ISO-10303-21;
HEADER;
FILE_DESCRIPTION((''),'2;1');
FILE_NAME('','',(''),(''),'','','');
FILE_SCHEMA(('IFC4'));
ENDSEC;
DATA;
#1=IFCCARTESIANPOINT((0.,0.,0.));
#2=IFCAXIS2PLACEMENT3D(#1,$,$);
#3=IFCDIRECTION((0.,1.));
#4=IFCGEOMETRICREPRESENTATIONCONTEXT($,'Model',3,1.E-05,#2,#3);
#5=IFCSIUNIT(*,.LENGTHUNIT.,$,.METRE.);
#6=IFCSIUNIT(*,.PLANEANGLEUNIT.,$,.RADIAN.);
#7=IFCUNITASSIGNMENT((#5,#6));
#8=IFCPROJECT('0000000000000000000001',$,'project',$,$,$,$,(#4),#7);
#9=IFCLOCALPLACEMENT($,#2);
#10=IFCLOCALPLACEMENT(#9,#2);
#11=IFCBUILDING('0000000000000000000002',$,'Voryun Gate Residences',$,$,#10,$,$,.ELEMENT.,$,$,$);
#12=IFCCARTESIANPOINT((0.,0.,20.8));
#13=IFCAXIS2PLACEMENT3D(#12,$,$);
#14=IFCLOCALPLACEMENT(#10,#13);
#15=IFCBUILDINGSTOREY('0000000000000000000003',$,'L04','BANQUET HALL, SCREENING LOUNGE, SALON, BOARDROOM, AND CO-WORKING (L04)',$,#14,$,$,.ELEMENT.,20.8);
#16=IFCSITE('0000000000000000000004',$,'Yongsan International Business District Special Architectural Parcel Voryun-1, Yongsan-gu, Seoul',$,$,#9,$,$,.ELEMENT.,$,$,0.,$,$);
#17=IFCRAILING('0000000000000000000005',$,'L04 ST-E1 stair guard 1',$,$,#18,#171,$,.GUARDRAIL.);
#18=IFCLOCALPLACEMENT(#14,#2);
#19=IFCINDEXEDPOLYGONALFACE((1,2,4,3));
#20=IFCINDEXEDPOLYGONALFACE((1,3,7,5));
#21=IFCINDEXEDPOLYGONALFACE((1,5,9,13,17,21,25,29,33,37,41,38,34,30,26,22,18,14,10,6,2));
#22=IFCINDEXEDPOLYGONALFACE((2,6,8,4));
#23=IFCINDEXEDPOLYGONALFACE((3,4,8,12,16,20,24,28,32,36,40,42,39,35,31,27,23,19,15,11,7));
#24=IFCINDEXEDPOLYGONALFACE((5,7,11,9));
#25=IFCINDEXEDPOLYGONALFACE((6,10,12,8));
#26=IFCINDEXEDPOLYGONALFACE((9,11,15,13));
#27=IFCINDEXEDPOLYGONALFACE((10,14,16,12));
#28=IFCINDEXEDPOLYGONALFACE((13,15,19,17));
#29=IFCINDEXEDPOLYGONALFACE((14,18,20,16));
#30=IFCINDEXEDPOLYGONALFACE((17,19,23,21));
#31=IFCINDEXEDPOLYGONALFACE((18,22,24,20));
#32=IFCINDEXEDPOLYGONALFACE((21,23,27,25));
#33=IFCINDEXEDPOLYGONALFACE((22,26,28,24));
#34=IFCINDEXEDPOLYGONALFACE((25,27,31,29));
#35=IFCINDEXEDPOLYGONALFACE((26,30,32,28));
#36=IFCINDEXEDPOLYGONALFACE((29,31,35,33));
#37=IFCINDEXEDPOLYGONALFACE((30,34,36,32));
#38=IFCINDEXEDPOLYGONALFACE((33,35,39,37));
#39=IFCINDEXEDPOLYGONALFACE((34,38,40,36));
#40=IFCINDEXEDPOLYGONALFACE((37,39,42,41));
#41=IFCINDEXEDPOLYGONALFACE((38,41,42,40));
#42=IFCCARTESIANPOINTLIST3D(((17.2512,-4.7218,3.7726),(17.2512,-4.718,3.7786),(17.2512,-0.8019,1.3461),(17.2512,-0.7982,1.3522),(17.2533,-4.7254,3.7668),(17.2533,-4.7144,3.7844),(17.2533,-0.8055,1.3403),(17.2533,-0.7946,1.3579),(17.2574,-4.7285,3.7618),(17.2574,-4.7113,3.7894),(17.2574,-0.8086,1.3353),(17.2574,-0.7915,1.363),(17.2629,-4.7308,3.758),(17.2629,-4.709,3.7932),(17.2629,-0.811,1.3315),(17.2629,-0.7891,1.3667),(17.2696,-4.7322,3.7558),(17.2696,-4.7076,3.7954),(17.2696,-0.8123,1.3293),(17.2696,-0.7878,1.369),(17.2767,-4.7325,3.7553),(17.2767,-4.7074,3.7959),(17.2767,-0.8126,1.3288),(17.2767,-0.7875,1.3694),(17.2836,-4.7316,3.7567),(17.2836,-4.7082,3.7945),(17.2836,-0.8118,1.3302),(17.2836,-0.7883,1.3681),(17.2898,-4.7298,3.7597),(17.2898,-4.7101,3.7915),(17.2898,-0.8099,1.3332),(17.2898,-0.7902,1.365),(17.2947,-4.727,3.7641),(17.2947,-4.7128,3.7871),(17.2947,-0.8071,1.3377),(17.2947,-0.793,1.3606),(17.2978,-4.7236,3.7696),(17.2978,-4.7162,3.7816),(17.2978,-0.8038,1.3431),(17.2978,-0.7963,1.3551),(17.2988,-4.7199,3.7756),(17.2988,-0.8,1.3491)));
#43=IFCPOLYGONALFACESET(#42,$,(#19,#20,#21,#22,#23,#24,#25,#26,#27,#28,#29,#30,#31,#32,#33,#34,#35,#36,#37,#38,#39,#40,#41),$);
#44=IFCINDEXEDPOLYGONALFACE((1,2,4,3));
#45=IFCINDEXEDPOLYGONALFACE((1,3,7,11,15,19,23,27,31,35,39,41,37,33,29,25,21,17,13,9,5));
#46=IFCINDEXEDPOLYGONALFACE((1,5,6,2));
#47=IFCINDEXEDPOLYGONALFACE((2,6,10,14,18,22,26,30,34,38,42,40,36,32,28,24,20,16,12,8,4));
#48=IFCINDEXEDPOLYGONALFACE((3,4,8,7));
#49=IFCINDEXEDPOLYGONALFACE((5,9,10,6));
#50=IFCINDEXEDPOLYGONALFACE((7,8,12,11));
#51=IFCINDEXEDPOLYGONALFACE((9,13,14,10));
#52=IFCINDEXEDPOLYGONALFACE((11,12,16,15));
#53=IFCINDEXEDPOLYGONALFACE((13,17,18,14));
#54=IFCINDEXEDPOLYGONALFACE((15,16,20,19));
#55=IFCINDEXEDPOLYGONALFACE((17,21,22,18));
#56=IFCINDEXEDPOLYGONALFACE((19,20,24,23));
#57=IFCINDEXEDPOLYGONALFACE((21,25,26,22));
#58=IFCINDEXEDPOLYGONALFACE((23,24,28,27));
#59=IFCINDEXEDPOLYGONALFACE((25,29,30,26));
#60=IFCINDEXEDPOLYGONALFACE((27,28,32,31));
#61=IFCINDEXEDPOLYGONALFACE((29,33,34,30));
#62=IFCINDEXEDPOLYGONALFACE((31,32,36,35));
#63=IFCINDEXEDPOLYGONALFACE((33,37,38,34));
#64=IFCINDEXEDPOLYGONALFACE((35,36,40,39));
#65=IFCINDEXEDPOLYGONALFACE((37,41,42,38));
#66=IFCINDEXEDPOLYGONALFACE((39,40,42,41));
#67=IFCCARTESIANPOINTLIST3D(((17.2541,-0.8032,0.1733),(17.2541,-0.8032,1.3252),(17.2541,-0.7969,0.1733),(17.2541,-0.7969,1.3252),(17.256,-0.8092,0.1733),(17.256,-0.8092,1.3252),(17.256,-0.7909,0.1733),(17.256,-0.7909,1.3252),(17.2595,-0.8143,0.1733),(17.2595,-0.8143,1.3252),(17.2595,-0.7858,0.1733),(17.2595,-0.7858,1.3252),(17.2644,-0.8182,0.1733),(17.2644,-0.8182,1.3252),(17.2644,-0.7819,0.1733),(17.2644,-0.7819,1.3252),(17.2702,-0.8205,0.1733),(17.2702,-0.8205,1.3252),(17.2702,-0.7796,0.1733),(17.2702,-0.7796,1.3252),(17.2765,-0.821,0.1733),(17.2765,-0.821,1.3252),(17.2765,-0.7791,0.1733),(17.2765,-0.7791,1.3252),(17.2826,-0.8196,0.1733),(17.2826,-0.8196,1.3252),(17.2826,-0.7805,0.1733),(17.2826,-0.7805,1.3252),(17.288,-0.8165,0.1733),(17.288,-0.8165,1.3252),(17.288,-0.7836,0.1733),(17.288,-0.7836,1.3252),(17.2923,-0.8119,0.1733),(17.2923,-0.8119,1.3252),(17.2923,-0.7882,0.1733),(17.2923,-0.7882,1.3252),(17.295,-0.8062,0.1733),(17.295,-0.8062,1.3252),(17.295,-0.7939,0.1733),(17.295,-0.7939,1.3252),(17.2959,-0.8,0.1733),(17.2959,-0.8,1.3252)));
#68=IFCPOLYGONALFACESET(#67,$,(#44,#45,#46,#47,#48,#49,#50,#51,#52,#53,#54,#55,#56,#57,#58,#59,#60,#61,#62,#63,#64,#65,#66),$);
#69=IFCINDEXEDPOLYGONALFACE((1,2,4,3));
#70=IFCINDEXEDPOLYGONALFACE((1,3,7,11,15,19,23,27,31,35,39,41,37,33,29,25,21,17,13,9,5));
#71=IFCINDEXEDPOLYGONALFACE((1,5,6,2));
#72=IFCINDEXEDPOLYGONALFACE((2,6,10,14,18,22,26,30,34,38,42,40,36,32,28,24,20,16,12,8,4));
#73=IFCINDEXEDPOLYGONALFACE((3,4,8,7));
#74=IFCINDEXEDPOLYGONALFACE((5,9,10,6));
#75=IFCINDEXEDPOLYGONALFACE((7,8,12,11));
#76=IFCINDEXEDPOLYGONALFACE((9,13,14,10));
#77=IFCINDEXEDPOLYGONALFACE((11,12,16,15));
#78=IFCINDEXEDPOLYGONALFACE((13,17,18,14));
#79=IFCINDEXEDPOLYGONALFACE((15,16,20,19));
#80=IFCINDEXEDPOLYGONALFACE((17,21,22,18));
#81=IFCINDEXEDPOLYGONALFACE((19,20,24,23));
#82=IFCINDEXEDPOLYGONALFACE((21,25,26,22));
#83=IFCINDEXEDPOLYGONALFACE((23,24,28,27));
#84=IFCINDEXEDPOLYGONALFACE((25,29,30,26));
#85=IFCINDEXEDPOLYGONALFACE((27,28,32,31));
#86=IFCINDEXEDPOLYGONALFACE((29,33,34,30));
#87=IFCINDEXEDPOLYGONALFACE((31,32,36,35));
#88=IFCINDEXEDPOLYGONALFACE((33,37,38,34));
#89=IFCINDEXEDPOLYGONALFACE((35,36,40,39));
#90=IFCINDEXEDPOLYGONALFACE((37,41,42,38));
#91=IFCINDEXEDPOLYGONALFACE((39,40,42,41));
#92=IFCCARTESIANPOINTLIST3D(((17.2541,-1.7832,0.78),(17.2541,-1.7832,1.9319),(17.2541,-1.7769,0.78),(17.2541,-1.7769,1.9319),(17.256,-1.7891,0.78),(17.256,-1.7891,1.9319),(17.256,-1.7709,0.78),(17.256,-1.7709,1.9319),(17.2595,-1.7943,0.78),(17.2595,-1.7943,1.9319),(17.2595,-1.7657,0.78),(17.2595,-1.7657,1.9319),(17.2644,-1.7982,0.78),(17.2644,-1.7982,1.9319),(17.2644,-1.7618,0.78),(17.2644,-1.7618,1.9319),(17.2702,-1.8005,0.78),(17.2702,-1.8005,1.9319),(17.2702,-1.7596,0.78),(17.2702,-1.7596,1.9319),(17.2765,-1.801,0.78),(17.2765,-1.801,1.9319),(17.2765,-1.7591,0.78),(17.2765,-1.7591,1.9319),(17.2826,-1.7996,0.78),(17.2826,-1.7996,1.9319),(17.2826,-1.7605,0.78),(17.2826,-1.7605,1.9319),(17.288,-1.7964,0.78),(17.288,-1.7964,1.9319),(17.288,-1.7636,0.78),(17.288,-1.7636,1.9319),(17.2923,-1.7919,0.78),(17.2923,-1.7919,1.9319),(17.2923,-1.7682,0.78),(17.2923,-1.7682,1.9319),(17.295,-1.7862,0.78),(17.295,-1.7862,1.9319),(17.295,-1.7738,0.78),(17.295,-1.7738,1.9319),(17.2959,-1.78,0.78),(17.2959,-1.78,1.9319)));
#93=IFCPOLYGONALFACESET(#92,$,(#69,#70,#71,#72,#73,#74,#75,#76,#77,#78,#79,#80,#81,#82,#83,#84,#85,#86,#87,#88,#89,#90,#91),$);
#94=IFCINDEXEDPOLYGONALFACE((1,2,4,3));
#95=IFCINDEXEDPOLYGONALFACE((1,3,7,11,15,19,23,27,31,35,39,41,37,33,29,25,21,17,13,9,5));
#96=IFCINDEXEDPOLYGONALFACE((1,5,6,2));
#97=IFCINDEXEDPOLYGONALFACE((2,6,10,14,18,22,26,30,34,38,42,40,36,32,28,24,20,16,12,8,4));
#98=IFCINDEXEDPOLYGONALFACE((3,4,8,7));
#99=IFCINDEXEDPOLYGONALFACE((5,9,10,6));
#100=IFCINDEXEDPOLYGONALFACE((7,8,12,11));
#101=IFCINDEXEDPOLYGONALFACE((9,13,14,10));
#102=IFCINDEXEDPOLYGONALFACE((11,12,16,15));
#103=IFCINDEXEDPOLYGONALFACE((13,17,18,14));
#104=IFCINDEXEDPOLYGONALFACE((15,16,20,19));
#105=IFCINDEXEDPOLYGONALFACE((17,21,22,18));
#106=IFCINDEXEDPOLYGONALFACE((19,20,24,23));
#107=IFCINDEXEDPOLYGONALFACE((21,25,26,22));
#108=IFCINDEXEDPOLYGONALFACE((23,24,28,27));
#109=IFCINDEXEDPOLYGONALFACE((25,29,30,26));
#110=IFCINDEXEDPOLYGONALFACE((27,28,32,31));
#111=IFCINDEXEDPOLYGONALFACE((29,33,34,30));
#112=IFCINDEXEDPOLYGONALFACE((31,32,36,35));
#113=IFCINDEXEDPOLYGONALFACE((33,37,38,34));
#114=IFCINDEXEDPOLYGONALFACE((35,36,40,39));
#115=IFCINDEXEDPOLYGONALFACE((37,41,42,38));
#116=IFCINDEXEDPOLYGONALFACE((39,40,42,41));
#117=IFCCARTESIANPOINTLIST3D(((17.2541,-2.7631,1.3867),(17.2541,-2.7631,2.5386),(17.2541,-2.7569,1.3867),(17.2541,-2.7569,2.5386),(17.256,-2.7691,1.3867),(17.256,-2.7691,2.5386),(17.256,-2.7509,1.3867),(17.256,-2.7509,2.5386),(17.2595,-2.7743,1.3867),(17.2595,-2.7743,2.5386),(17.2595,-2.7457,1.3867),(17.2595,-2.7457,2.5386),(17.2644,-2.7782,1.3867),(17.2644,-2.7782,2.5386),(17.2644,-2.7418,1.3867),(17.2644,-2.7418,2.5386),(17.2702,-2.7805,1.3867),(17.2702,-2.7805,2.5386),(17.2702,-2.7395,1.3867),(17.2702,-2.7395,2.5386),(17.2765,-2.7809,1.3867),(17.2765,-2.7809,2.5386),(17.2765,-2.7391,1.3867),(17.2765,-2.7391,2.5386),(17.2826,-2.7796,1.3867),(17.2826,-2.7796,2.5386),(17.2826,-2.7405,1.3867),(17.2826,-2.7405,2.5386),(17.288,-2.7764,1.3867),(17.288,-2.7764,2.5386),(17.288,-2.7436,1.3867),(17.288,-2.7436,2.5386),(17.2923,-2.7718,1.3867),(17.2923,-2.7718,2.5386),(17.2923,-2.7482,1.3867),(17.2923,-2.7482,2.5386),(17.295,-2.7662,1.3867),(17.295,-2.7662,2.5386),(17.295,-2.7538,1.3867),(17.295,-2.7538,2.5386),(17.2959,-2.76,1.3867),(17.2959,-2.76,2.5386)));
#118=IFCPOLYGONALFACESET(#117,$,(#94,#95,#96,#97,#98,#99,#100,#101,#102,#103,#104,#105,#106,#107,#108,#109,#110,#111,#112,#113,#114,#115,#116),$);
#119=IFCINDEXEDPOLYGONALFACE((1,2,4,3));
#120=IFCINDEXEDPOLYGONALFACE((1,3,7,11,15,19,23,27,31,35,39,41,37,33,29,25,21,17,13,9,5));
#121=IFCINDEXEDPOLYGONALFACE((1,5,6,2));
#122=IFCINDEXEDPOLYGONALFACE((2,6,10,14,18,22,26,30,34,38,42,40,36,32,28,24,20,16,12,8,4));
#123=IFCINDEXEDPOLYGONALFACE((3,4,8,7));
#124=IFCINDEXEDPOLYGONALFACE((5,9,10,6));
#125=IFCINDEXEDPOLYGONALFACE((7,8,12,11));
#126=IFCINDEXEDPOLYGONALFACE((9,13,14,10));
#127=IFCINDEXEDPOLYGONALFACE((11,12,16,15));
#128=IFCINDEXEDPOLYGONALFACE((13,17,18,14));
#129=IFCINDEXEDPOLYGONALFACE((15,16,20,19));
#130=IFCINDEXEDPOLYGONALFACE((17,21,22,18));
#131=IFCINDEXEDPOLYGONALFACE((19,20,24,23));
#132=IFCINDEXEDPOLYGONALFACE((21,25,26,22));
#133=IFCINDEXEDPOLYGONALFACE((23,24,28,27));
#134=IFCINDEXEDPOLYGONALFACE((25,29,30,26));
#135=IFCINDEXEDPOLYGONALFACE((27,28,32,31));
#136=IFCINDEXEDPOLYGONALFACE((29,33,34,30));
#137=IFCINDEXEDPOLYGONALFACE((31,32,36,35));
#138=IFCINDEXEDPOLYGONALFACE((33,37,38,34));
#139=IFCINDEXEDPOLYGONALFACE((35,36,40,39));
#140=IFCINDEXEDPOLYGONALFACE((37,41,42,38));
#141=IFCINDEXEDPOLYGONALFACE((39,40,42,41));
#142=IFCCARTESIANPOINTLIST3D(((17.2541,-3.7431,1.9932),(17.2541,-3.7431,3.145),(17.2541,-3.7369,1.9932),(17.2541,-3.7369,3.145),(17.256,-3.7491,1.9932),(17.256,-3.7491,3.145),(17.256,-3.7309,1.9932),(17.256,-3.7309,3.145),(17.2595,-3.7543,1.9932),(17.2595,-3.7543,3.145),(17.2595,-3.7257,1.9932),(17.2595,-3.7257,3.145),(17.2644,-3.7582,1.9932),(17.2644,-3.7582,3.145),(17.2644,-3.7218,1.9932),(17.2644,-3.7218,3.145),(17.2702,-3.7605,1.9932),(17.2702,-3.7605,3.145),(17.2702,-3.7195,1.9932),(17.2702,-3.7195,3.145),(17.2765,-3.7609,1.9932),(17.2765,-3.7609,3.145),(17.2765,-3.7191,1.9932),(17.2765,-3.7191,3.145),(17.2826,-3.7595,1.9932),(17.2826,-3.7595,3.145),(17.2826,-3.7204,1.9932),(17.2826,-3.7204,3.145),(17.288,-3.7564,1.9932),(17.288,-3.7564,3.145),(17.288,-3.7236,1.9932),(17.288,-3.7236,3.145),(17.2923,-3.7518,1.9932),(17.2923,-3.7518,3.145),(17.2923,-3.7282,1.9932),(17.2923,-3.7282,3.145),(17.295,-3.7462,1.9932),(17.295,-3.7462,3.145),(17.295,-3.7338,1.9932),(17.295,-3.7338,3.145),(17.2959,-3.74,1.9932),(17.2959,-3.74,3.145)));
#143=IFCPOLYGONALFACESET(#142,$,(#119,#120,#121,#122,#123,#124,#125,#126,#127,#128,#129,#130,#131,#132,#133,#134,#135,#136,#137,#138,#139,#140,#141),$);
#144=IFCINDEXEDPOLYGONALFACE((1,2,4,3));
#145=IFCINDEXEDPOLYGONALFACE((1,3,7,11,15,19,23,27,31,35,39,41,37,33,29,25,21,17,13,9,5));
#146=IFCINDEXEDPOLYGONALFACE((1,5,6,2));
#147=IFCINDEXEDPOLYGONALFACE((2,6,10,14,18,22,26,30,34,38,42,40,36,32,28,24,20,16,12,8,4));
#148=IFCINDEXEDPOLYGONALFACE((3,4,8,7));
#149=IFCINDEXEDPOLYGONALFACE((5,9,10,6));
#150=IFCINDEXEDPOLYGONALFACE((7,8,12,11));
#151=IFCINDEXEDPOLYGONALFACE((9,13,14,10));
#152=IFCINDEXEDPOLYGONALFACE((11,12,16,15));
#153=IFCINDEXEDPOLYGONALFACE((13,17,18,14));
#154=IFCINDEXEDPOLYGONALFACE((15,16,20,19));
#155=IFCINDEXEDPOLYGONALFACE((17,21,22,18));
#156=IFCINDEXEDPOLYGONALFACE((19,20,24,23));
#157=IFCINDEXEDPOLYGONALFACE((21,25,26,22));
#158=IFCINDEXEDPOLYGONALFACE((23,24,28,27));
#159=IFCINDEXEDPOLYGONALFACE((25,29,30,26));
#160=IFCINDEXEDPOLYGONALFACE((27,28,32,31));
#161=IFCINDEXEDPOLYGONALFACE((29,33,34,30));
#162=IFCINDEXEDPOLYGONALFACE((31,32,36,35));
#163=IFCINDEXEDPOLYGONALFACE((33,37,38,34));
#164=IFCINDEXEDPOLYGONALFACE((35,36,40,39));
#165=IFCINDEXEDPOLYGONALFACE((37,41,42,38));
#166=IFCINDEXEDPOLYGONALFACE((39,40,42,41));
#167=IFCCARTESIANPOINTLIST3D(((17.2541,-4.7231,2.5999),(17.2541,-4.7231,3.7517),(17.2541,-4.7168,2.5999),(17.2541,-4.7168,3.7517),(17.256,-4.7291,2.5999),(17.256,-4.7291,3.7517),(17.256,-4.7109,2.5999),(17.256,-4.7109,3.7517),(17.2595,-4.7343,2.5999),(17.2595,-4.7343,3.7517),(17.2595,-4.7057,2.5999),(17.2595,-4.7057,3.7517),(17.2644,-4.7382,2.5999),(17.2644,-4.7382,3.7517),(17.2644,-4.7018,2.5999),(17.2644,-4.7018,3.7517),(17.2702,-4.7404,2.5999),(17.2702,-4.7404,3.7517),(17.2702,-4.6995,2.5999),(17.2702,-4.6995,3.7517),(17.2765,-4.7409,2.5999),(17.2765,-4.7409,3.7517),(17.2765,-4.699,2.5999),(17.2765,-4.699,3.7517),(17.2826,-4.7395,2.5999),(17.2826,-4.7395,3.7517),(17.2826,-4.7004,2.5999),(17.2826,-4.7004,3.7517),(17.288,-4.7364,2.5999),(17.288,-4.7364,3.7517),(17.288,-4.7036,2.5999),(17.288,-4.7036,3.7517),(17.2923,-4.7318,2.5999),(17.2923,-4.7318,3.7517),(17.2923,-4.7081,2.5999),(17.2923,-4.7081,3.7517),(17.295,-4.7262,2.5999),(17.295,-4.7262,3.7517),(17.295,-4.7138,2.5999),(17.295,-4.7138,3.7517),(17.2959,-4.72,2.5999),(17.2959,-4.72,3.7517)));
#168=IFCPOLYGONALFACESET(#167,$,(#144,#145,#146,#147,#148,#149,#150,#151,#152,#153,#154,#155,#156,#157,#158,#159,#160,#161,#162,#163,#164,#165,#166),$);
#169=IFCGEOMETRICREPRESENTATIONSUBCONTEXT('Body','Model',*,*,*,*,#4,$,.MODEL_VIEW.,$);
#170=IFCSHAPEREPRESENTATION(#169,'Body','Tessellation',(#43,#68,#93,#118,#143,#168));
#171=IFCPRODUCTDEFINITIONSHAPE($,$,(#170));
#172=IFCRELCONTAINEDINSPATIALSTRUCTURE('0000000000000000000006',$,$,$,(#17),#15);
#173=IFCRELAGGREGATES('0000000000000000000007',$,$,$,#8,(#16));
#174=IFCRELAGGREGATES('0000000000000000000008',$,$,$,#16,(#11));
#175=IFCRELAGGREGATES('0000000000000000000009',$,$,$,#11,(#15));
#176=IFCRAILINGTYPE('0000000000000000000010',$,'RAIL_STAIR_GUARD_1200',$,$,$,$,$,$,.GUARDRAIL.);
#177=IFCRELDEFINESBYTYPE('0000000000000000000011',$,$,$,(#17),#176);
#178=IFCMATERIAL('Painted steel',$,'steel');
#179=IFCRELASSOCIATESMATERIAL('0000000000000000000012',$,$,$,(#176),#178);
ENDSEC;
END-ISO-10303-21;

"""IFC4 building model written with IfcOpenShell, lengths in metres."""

from ifc_helpers import new_model, si_unit, direction, frame, origin, origin_2d, place, context, subcontext, project, spatial, circle, extrude, material, type_object, element, save


model = new_model("IFC4")

# Units and contexts
model_context = context("Model", 3, precision=1e-05, world=origin(), true_north=direction((0.0, 1.0)))
body_context = subcontext(model_context, "Body", "Model", "MODEL_VIEW")
ifc_project = project(units=[si_unit("LENGTHUNIT", "METRE"), si_unit("PLANEANGLEUNIT", "RADIAN")], contexts=[model_context])

# Site, building, storey
site_placement = place(None, origin())
site = spatial("IfcSite", under=ifc_project, at=site_placement, Name="Yongsan International Business District Special Architectural Parcel Voryun-1, Yongsan-gu, Seoul", CompositionType="ELEMENT", RefElevation=0.0)
building_placement = place(site_placement, origin())
building = spatial("IfcBuilding", under=site, at=building_placement, Name="Voryun Gate Residences", CompositionType="ELEMENT")
storey_placement = place(building_placement, frame((0.0, 0.0, 20.8)))
storey = spatial("IfcBuildingStorey", under=building, at=storey_placement, Name="L04", Description="BANQUET HALL, SCREENING LOUNGE, SALON, BOARDROOM, AND CO-WORKING (L04)", CompositionType="ELEMENT", Elevation=20.8)

# Railing
ifc_material_1 = material(Name="Painted steel", Category="steel")
railing_type_1 = type_object("IfcRailingType", Name="RAIL_STAIR_GUARD_1200", PredefinedType="GUARDRAIL", material=ifc_material_1)
railing_1_placement = place(storey_placement, frame((17.2749, -0.8, 0.1733)))
element("IfcRailing", 1, at=railing_1_placement, inside=storey, type_object=railing_type_1, Name="L04 ST-E1 stair guard 1", PredefinedType="GUARDRAIL", context=body_context, shape_type="SweptSolid", body=[
    extrude(circle(Radius=0.0239, at=origin_2d()), frame((0.0, 0.0, 1.1758), z_axis=(0.0, -0.850275, 0.526338), x_axis=(1.0, 0.0, 0.0)), (0.0, 0.0, 1.0), 4.6101),
    extrude(circle(Radius=0.021, at=origin_2d()), origin(), (0.0, 0.0, 1.0), 1.1519),
    extrude(circle(Radius=0.021, at=origin_2d()), frame((0.0, -0.98, 0.6067)), (0.0, 0.0, 1.0), 1.1519),
    extrude(circle(Radius=0.021, at=origin_2d()), frame((0.0, -1.96, 1.2134)), (0.0, 0.0, 1.0), 1.1519),
    extrude(circle(Radius=0.021, at=origin_2d()), frame((0.0, -2.9399, 1.8198)), (0.0, 0.0, 1.0), 1.1519),
    extrude(circle(Radius=0.021, at=origin_2d()), frame((0.0, -3.9199, 2.4265)), (0.0, 0.0, 1.0), 1.1519),
])

save(model, "model.ifc")
